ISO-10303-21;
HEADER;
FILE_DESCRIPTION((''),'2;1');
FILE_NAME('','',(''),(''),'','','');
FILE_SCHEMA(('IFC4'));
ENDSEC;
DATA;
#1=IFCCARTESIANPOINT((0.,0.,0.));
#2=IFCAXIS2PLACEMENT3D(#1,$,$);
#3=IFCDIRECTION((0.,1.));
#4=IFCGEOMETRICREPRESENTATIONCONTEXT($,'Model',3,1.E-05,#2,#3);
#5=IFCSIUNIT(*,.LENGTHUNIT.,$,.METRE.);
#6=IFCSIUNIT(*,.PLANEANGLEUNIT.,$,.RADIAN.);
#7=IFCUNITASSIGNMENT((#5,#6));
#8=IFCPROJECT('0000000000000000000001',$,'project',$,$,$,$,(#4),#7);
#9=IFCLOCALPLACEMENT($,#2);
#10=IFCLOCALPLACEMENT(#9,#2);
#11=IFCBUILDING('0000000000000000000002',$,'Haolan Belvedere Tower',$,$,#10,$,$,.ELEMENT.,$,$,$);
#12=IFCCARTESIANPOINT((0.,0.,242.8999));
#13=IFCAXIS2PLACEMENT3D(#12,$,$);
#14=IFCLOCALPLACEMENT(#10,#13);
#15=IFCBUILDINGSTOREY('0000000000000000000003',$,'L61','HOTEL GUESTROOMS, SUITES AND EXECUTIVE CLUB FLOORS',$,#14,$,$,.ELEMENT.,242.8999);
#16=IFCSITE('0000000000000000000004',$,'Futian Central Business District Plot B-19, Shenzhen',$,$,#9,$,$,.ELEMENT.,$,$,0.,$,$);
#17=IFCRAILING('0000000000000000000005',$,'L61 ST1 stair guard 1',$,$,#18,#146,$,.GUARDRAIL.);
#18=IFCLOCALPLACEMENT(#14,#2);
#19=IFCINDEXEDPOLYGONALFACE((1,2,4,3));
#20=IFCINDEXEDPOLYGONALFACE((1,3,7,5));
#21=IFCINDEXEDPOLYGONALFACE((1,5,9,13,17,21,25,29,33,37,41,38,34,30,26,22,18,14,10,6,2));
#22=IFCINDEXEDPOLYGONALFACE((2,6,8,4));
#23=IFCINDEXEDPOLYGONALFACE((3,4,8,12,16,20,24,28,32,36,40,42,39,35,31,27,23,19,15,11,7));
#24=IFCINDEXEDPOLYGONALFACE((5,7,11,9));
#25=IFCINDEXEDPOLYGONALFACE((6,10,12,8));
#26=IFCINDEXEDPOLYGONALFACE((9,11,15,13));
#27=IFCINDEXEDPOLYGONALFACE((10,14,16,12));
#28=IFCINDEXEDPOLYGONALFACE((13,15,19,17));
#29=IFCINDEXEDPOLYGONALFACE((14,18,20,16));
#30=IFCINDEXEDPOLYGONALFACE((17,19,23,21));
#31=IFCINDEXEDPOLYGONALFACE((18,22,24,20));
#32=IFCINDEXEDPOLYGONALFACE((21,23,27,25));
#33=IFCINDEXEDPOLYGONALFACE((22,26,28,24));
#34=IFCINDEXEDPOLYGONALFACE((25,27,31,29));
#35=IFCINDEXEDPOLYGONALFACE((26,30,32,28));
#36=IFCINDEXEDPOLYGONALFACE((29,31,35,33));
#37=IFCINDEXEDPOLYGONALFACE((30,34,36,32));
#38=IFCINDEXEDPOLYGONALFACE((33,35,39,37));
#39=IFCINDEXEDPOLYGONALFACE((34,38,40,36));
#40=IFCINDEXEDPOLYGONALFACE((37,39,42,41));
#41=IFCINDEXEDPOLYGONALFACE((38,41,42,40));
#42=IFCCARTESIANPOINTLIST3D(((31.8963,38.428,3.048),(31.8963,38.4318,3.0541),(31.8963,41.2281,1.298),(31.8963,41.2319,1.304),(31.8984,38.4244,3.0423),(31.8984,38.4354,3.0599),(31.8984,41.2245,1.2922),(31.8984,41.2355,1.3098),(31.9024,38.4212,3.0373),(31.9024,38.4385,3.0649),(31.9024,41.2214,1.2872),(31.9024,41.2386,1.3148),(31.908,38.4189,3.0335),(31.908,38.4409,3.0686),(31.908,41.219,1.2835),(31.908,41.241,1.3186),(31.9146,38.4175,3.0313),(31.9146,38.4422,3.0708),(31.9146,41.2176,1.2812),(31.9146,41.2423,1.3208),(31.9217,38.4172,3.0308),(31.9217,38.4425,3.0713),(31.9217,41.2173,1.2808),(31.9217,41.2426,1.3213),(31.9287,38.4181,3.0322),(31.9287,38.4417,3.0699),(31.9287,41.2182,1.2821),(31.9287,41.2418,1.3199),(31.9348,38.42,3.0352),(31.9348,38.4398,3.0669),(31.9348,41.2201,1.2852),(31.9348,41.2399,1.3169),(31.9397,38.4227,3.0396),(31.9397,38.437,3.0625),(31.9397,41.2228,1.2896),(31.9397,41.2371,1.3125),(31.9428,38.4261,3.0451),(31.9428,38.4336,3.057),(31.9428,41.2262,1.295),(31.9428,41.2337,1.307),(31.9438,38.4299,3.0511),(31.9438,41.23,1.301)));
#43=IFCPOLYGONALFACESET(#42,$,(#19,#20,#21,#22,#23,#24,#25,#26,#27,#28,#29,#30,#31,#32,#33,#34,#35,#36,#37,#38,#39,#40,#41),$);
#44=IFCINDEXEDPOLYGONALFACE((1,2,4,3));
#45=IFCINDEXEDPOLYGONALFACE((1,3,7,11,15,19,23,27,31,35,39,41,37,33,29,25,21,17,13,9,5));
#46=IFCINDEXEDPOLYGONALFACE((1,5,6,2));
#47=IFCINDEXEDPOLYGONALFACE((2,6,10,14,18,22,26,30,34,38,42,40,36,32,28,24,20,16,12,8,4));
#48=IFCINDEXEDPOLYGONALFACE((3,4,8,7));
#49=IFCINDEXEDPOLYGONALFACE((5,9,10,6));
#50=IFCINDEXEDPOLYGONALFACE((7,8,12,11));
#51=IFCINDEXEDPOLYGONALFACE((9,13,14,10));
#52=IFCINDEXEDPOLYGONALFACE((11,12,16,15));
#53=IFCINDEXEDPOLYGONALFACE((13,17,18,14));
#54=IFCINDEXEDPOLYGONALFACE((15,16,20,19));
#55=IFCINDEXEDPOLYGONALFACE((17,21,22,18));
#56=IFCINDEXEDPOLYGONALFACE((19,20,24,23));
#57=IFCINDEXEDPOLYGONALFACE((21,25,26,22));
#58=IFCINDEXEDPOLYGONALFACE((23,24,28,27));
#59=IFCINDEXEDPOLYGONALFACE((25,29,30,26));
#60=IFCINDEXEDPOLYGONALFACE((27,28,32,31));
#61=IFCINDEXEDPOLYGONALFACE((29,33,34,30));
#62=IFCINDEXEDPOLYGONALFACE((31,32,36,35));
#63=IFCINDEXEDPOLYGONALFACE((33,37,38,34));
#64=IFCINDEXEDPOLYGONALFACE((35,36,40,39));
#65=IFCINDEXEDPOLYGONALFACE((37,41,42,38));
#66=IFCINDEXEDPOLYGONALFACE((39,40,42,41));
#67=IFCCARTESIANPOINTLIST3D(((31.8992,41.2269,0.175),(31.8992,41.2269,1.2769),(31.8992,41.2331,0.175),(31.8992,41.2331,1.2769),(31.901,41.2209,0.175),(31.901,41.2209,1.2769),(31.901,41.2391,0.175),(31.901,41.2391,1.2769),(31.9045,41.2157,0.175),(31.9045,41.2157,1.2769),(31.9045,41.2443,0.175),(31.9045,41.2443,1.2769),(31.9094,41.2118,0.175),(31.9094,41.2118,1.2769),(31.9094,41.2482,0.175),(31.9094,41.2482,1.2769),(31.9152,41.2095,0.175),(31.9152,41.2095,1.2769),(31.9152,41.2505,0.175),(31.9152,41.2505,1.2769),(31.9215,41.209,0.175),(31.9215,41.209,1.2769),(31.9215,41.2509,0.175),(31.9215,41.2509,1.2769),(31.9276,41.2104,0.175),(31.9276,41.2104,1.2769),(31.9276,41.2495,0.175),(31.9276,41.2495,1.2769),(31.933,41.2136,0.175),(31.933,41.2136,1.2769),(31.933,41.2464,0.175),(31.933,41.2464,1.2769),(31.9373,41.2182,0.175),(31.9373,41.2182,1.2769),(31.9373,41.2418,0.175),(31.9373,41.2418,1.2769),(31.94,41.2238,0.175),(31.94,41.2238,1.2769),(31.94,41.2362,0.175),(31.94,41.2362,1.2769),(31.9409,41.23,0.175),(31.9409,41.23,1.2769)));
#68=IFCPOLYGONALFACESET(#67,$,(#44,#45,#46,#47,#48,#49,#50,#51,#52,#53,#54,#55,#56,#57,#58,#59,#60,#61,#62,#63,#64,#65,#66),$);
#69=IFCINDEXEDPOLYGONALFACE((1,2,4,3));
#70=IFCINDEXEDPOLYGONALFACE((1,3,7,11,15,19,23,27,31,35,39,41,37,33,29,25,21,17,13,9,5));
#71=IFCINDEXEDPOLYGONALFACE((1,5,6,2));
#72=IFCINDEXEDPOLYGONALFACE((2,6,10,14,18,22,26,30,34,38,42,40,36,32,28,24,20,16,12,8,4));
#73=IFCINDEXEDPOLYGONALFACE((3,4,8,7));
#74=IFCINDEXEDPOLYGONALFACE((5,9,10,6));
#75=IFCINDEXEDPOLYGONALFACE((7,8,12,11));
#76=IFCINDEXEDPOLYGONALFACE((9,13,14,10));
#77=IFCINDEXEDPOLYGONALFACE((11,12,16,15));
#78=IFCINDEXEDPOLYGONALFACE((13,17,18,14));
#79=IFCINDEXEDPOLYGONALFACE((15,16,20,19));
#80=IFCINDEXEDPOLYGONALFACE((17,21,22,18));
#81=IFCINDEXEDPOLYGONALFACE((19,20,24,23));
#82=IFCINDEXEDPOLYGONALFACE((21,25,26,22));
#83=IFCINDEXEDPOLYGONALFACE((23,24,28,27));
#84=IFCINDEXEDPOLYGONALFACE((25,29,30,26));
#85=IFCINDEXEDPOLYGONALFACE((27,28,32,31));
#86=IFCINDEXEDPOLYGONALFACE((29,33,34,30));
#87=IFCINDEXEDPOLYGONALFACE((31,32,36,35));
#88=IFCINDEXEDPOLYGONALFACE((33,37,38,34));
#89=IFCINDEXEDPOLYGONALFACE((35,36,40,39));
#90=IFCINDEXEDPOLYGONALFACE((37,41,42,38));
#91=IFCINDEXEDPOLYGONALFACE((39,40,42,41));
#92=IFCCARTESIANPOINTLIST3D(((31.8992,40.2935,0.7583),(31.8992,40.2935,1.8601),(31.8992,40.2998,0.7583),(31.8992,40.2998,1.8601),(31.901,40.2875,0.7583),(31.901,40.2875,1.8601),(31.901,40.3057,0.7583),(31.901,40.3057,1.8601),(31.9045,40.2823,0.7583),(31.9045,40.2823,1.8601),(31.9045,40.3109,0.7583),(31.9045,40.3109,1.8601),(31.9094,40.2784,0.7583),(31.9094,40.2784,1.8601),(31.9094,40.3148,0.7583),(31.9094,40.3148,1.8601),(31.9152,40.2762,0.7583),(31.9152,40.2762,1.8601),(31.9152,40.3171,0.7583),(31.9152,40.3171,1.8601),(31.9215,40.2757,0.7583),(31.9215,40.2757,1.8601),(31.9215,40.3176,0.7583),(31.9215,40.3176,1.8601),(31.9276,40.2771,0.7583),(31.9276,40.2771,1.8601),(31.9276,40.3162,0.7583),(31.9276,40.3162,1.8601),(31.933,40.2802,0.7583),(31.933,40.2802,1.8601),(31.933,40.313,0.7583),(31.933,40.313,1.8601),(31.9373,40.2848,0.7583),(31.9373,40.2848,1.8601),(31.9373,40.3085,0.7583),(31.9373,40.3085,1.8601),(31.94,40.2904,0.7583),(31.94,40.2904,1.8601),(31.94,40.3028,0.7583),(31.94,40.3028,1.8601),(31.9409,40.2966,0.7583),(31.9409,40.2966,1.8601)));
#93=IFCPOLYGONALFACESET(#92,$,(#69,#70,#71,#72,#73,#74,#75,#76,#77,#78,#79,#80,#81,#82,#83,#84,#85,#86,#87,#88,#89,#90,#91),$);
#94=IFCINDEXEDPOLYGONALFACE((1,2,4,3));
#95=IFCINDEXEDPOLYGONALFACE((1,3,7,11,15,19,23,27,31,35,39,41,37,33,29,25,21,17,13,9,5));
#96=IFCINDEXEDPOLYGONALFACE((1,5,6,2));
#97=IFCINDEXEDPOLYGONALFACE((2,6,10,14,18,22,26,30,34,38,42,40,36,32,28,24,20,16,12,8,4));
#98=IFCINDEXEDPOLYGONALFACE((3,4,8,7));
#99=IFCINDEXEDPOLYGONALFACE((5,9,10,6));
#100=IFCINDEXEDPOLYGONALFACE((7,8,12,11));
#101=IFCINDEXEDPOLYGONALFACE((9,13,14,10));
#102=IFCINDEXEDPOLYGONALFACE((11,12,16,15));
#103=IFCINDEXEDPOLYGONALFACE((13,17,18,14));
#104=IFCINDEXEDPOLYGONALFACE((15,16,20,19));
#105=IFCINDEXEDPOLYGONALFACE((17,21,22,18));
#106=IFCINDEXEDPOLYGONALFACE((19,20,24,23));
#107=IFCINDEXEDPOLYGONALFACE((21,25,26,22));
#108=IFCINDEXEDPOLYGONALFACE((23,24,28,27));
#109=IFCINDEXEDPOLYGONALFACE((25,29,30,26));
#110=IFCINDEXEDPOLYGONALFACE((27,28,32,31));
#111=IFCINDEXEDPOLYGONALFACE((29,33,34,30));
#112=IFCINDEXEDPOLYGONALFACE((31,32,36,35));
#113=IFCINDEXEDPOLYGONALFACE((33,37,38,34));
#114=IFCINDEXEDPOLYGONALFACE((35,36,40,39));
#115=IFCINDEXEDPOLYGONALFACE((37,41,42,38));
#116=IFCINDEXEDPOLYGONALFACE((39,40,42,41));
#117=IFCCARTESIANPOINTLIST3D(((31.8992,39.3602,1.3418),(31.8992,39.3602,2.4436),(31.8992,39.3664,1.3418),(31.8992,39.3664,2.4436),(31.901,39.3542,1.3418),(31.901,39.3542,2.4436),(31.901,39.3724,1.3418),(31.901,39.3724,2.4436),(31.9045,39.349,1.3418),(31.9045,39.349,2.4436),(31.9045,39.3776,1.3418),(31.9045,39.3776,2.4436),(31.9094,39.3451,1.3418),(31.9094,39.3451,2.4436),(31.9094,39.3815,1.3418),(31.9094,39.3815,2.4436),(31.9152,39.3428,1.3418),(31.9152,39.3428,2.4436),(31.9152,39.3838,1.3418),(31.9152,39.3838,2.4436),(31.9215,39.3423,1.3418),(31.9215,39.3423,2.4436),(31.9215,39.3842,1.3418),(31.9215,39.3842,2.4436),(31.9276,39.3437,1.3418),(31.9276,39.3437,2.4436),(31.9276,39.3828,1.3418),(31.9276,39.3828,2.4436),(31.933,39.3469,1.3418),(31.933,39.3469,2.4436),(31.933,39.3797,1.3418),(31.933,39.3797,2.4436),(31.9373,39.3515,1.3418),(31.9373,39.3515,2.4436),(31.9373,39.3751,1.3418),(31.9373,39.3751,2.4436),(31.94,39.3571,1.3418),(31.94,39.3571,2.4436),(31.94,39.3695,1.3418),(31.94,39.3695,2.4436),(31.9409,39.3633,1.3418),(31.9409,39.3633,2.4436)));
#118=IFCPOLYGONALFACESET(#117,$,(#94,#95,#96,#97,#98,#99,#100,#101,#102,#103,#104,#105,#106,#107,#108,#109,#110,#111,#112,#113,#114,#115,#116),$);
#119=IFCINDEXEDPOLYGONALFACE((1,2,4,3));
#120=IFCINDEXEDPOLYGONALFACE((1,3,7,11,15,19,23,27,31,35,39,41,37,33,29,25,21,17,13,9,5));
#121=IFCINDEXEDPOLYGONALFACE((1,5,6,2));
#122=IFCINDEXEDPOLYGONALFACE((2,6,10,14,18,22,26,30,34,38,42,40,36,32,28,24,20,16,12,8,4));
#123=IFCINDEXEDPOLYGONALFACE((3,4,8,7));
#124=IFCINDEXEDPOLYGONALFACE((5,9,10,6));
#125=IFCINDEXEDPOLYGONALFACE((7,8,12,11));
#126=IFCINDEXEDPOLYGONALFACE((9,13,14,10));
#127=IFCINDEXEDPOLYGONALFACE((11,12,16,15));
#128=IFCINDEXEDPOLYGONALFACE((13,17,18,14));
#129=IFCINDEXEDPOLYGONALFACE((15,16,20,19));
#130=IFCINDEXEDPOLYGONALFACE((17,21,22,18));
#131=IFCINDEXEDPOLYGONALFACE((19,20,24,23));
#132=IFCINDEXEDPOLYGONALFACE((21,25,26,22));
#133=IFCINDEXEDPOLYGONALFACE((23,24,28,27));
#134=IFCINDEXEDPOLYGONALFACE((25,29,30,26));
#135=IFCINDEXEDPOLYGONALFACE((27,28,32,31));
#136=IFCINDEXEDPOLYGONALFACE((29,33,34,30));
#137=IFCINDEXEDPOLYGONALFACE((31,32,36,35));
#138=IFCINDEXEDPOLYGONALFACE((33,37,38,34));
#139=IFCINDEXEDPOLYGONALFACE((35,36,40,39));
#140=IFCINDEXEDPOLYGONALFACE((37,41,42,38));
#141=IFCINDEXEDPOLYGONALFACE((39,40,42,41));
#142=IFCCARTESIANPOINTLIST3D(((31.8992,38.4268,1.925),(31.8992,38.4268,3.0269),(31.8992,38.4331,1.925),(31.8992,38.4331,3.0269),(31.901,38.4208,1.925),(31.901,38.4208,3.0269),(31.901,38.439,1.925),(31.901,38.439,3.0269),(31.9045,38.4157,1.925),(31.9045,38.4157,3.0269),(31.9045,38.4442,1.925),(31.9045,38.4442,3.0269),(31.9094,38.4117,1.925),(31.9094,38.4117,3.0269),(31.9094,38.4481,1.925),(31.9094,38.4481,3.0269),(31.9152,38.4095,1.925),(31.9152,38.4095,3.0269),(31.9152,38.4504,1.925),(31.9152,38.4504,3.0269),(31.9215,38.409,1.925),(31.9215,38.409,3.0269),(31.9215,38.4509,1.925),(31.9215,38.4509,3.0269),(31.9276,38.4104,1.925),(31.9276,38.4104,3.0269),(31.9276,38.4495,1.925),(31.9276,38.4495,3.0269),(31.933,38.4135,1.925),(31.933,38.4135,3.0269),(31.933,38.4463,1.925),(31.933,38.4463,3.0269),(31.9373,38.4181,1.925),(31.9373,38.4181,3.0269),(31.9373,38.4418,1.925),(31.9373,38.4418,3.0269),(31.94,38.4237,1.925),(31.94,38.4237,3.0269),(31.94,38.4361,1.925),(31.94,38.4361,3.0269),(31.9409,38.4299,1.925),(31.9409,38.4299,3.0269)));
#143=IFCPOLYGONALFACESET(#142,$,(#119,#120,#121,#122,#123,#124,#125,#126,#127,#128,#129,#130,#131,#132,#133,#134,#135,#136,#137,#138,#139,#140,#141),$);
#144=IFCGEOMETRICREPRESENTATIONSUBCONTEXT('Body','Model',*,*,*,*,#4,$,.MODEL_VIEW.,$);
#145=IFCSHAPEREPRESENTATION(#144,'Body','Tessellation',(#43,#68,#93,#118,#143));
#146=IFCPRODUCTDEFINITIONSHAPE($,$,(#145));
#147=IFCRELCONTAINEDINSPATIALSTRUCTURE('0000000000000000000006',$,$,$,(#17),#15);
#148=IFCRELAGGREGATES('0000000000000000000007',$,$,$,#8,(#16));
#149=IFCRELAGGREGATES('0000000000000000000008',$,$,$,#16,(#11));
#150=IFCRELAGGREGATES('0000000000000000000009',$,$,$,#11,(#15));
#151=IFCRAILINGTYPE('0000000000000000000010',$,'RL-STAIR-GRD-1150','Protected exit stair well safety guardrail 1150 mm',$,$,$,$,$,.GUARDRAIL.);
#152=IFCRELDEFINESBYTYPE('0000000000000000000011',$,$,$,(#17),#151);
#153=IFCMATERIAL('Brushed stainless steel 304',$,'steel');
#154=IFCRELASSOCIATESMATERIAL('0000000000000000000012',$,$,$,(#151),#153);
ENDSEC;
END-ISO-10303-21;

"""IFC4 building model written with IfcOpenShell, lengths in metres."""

from ifc_helpers import new_model, si_unit, direction, frame, origin, origin_2d, place, context, subcontext, project, spatial, circle, extrude, material, type_object, element, save


model = new_model("IFC4")

# Units and contexts
model_context = context("Model", 3, precision=1e-05, world=origin(), true_north=direction((0.0, 1.0)))
body_context = subcontext(model_context, "Body", "Model", "MODEL_VIEW")
ifc_project = project(units=[si_unit("LENGTHUNIT", "METRE"), si_unit("PLANEANGLEUNIT", "RADIAN")], contexts=[model_context])

# Site, building, storey
site_placement = place(None, origin())
site = spatial("IfcSite", under=ifc_project, at=site_placement, Name="Futian Central Business District Plot B-19, Shenzhen", CompositionType="ELEMENT", RefElevation=0.0)
building_placement = place(site_placement, origin())
building = spatial("IfcBuilding", under=site, at=building_placement, Name="Haolan Belvedere Tower", CompositionType="ELEMENT")
storey_placement = place(building_placement, frame((0.0, 0.0, 242.8999)))
storey = spatial("IfcBuildingStorey", under=building, at=storey_placement, Name="L61", Description="HOTEL GUESTROOMS, SUITES AND EXECUTIVE CLUB FLOORS", CompositionType="ELEMENT", Elevation=242.8999)

# Railing
ifc_material_1 = material(Name="Brushed stainless steel 304", Category="steel")
railing_type_1 = type_object("IfcRailingType", Name="RL-STAIR-GRD-1150", Description="Protected exit stair well safety guardrail 1150 mm", PredefinedType="GUARDRAIL", material=ifc_material_1)
railing_1_placement = place(storey_placement, frame((31.9199, 41.23, 0.175)))
element("IfcRailing", 1, at=railing_1_placement, inside=storey, type_object=railing_type_1, Name="L61 ST1 stair guard 1", PredefinedType="GUARDRAIL", context=body_context, shape_type="SweptSolid", body=[
    extrude(circle(Radius=0.0239, at=origin_2d()), frame((0.0, 0.0, 1.126), z_axis=(0.0, -0.848002, 0.529992), x_axis=(1.0, 0.0, 0.0)), (0.0, 0.0, 1.0), 3.302),
    extrude(circle(Radius=0.021, at=origin_2d()), origin(), (0.0, 0.0, 1.0), 1.1018),
    extrude(circle(Radius=0.021, at=origin_2d()), frame((0.0, -0.9333, 0.5833)), (0.0, 0.0, 1.0), 1.1018),
    extrude(circle(Radius=0.021, at=origin_2d()), frame((0.0, -1.8667, 1.1667)), (0.0, 0.0, 1.0), 1.1018),
    extrude(circle(Radius=0.021, at=origin_2d()), frame((0.0, -2.8, 1.75)), (0.0, 0.0, 1.0), 1.1018),
])

save(model, "model.ifc")
